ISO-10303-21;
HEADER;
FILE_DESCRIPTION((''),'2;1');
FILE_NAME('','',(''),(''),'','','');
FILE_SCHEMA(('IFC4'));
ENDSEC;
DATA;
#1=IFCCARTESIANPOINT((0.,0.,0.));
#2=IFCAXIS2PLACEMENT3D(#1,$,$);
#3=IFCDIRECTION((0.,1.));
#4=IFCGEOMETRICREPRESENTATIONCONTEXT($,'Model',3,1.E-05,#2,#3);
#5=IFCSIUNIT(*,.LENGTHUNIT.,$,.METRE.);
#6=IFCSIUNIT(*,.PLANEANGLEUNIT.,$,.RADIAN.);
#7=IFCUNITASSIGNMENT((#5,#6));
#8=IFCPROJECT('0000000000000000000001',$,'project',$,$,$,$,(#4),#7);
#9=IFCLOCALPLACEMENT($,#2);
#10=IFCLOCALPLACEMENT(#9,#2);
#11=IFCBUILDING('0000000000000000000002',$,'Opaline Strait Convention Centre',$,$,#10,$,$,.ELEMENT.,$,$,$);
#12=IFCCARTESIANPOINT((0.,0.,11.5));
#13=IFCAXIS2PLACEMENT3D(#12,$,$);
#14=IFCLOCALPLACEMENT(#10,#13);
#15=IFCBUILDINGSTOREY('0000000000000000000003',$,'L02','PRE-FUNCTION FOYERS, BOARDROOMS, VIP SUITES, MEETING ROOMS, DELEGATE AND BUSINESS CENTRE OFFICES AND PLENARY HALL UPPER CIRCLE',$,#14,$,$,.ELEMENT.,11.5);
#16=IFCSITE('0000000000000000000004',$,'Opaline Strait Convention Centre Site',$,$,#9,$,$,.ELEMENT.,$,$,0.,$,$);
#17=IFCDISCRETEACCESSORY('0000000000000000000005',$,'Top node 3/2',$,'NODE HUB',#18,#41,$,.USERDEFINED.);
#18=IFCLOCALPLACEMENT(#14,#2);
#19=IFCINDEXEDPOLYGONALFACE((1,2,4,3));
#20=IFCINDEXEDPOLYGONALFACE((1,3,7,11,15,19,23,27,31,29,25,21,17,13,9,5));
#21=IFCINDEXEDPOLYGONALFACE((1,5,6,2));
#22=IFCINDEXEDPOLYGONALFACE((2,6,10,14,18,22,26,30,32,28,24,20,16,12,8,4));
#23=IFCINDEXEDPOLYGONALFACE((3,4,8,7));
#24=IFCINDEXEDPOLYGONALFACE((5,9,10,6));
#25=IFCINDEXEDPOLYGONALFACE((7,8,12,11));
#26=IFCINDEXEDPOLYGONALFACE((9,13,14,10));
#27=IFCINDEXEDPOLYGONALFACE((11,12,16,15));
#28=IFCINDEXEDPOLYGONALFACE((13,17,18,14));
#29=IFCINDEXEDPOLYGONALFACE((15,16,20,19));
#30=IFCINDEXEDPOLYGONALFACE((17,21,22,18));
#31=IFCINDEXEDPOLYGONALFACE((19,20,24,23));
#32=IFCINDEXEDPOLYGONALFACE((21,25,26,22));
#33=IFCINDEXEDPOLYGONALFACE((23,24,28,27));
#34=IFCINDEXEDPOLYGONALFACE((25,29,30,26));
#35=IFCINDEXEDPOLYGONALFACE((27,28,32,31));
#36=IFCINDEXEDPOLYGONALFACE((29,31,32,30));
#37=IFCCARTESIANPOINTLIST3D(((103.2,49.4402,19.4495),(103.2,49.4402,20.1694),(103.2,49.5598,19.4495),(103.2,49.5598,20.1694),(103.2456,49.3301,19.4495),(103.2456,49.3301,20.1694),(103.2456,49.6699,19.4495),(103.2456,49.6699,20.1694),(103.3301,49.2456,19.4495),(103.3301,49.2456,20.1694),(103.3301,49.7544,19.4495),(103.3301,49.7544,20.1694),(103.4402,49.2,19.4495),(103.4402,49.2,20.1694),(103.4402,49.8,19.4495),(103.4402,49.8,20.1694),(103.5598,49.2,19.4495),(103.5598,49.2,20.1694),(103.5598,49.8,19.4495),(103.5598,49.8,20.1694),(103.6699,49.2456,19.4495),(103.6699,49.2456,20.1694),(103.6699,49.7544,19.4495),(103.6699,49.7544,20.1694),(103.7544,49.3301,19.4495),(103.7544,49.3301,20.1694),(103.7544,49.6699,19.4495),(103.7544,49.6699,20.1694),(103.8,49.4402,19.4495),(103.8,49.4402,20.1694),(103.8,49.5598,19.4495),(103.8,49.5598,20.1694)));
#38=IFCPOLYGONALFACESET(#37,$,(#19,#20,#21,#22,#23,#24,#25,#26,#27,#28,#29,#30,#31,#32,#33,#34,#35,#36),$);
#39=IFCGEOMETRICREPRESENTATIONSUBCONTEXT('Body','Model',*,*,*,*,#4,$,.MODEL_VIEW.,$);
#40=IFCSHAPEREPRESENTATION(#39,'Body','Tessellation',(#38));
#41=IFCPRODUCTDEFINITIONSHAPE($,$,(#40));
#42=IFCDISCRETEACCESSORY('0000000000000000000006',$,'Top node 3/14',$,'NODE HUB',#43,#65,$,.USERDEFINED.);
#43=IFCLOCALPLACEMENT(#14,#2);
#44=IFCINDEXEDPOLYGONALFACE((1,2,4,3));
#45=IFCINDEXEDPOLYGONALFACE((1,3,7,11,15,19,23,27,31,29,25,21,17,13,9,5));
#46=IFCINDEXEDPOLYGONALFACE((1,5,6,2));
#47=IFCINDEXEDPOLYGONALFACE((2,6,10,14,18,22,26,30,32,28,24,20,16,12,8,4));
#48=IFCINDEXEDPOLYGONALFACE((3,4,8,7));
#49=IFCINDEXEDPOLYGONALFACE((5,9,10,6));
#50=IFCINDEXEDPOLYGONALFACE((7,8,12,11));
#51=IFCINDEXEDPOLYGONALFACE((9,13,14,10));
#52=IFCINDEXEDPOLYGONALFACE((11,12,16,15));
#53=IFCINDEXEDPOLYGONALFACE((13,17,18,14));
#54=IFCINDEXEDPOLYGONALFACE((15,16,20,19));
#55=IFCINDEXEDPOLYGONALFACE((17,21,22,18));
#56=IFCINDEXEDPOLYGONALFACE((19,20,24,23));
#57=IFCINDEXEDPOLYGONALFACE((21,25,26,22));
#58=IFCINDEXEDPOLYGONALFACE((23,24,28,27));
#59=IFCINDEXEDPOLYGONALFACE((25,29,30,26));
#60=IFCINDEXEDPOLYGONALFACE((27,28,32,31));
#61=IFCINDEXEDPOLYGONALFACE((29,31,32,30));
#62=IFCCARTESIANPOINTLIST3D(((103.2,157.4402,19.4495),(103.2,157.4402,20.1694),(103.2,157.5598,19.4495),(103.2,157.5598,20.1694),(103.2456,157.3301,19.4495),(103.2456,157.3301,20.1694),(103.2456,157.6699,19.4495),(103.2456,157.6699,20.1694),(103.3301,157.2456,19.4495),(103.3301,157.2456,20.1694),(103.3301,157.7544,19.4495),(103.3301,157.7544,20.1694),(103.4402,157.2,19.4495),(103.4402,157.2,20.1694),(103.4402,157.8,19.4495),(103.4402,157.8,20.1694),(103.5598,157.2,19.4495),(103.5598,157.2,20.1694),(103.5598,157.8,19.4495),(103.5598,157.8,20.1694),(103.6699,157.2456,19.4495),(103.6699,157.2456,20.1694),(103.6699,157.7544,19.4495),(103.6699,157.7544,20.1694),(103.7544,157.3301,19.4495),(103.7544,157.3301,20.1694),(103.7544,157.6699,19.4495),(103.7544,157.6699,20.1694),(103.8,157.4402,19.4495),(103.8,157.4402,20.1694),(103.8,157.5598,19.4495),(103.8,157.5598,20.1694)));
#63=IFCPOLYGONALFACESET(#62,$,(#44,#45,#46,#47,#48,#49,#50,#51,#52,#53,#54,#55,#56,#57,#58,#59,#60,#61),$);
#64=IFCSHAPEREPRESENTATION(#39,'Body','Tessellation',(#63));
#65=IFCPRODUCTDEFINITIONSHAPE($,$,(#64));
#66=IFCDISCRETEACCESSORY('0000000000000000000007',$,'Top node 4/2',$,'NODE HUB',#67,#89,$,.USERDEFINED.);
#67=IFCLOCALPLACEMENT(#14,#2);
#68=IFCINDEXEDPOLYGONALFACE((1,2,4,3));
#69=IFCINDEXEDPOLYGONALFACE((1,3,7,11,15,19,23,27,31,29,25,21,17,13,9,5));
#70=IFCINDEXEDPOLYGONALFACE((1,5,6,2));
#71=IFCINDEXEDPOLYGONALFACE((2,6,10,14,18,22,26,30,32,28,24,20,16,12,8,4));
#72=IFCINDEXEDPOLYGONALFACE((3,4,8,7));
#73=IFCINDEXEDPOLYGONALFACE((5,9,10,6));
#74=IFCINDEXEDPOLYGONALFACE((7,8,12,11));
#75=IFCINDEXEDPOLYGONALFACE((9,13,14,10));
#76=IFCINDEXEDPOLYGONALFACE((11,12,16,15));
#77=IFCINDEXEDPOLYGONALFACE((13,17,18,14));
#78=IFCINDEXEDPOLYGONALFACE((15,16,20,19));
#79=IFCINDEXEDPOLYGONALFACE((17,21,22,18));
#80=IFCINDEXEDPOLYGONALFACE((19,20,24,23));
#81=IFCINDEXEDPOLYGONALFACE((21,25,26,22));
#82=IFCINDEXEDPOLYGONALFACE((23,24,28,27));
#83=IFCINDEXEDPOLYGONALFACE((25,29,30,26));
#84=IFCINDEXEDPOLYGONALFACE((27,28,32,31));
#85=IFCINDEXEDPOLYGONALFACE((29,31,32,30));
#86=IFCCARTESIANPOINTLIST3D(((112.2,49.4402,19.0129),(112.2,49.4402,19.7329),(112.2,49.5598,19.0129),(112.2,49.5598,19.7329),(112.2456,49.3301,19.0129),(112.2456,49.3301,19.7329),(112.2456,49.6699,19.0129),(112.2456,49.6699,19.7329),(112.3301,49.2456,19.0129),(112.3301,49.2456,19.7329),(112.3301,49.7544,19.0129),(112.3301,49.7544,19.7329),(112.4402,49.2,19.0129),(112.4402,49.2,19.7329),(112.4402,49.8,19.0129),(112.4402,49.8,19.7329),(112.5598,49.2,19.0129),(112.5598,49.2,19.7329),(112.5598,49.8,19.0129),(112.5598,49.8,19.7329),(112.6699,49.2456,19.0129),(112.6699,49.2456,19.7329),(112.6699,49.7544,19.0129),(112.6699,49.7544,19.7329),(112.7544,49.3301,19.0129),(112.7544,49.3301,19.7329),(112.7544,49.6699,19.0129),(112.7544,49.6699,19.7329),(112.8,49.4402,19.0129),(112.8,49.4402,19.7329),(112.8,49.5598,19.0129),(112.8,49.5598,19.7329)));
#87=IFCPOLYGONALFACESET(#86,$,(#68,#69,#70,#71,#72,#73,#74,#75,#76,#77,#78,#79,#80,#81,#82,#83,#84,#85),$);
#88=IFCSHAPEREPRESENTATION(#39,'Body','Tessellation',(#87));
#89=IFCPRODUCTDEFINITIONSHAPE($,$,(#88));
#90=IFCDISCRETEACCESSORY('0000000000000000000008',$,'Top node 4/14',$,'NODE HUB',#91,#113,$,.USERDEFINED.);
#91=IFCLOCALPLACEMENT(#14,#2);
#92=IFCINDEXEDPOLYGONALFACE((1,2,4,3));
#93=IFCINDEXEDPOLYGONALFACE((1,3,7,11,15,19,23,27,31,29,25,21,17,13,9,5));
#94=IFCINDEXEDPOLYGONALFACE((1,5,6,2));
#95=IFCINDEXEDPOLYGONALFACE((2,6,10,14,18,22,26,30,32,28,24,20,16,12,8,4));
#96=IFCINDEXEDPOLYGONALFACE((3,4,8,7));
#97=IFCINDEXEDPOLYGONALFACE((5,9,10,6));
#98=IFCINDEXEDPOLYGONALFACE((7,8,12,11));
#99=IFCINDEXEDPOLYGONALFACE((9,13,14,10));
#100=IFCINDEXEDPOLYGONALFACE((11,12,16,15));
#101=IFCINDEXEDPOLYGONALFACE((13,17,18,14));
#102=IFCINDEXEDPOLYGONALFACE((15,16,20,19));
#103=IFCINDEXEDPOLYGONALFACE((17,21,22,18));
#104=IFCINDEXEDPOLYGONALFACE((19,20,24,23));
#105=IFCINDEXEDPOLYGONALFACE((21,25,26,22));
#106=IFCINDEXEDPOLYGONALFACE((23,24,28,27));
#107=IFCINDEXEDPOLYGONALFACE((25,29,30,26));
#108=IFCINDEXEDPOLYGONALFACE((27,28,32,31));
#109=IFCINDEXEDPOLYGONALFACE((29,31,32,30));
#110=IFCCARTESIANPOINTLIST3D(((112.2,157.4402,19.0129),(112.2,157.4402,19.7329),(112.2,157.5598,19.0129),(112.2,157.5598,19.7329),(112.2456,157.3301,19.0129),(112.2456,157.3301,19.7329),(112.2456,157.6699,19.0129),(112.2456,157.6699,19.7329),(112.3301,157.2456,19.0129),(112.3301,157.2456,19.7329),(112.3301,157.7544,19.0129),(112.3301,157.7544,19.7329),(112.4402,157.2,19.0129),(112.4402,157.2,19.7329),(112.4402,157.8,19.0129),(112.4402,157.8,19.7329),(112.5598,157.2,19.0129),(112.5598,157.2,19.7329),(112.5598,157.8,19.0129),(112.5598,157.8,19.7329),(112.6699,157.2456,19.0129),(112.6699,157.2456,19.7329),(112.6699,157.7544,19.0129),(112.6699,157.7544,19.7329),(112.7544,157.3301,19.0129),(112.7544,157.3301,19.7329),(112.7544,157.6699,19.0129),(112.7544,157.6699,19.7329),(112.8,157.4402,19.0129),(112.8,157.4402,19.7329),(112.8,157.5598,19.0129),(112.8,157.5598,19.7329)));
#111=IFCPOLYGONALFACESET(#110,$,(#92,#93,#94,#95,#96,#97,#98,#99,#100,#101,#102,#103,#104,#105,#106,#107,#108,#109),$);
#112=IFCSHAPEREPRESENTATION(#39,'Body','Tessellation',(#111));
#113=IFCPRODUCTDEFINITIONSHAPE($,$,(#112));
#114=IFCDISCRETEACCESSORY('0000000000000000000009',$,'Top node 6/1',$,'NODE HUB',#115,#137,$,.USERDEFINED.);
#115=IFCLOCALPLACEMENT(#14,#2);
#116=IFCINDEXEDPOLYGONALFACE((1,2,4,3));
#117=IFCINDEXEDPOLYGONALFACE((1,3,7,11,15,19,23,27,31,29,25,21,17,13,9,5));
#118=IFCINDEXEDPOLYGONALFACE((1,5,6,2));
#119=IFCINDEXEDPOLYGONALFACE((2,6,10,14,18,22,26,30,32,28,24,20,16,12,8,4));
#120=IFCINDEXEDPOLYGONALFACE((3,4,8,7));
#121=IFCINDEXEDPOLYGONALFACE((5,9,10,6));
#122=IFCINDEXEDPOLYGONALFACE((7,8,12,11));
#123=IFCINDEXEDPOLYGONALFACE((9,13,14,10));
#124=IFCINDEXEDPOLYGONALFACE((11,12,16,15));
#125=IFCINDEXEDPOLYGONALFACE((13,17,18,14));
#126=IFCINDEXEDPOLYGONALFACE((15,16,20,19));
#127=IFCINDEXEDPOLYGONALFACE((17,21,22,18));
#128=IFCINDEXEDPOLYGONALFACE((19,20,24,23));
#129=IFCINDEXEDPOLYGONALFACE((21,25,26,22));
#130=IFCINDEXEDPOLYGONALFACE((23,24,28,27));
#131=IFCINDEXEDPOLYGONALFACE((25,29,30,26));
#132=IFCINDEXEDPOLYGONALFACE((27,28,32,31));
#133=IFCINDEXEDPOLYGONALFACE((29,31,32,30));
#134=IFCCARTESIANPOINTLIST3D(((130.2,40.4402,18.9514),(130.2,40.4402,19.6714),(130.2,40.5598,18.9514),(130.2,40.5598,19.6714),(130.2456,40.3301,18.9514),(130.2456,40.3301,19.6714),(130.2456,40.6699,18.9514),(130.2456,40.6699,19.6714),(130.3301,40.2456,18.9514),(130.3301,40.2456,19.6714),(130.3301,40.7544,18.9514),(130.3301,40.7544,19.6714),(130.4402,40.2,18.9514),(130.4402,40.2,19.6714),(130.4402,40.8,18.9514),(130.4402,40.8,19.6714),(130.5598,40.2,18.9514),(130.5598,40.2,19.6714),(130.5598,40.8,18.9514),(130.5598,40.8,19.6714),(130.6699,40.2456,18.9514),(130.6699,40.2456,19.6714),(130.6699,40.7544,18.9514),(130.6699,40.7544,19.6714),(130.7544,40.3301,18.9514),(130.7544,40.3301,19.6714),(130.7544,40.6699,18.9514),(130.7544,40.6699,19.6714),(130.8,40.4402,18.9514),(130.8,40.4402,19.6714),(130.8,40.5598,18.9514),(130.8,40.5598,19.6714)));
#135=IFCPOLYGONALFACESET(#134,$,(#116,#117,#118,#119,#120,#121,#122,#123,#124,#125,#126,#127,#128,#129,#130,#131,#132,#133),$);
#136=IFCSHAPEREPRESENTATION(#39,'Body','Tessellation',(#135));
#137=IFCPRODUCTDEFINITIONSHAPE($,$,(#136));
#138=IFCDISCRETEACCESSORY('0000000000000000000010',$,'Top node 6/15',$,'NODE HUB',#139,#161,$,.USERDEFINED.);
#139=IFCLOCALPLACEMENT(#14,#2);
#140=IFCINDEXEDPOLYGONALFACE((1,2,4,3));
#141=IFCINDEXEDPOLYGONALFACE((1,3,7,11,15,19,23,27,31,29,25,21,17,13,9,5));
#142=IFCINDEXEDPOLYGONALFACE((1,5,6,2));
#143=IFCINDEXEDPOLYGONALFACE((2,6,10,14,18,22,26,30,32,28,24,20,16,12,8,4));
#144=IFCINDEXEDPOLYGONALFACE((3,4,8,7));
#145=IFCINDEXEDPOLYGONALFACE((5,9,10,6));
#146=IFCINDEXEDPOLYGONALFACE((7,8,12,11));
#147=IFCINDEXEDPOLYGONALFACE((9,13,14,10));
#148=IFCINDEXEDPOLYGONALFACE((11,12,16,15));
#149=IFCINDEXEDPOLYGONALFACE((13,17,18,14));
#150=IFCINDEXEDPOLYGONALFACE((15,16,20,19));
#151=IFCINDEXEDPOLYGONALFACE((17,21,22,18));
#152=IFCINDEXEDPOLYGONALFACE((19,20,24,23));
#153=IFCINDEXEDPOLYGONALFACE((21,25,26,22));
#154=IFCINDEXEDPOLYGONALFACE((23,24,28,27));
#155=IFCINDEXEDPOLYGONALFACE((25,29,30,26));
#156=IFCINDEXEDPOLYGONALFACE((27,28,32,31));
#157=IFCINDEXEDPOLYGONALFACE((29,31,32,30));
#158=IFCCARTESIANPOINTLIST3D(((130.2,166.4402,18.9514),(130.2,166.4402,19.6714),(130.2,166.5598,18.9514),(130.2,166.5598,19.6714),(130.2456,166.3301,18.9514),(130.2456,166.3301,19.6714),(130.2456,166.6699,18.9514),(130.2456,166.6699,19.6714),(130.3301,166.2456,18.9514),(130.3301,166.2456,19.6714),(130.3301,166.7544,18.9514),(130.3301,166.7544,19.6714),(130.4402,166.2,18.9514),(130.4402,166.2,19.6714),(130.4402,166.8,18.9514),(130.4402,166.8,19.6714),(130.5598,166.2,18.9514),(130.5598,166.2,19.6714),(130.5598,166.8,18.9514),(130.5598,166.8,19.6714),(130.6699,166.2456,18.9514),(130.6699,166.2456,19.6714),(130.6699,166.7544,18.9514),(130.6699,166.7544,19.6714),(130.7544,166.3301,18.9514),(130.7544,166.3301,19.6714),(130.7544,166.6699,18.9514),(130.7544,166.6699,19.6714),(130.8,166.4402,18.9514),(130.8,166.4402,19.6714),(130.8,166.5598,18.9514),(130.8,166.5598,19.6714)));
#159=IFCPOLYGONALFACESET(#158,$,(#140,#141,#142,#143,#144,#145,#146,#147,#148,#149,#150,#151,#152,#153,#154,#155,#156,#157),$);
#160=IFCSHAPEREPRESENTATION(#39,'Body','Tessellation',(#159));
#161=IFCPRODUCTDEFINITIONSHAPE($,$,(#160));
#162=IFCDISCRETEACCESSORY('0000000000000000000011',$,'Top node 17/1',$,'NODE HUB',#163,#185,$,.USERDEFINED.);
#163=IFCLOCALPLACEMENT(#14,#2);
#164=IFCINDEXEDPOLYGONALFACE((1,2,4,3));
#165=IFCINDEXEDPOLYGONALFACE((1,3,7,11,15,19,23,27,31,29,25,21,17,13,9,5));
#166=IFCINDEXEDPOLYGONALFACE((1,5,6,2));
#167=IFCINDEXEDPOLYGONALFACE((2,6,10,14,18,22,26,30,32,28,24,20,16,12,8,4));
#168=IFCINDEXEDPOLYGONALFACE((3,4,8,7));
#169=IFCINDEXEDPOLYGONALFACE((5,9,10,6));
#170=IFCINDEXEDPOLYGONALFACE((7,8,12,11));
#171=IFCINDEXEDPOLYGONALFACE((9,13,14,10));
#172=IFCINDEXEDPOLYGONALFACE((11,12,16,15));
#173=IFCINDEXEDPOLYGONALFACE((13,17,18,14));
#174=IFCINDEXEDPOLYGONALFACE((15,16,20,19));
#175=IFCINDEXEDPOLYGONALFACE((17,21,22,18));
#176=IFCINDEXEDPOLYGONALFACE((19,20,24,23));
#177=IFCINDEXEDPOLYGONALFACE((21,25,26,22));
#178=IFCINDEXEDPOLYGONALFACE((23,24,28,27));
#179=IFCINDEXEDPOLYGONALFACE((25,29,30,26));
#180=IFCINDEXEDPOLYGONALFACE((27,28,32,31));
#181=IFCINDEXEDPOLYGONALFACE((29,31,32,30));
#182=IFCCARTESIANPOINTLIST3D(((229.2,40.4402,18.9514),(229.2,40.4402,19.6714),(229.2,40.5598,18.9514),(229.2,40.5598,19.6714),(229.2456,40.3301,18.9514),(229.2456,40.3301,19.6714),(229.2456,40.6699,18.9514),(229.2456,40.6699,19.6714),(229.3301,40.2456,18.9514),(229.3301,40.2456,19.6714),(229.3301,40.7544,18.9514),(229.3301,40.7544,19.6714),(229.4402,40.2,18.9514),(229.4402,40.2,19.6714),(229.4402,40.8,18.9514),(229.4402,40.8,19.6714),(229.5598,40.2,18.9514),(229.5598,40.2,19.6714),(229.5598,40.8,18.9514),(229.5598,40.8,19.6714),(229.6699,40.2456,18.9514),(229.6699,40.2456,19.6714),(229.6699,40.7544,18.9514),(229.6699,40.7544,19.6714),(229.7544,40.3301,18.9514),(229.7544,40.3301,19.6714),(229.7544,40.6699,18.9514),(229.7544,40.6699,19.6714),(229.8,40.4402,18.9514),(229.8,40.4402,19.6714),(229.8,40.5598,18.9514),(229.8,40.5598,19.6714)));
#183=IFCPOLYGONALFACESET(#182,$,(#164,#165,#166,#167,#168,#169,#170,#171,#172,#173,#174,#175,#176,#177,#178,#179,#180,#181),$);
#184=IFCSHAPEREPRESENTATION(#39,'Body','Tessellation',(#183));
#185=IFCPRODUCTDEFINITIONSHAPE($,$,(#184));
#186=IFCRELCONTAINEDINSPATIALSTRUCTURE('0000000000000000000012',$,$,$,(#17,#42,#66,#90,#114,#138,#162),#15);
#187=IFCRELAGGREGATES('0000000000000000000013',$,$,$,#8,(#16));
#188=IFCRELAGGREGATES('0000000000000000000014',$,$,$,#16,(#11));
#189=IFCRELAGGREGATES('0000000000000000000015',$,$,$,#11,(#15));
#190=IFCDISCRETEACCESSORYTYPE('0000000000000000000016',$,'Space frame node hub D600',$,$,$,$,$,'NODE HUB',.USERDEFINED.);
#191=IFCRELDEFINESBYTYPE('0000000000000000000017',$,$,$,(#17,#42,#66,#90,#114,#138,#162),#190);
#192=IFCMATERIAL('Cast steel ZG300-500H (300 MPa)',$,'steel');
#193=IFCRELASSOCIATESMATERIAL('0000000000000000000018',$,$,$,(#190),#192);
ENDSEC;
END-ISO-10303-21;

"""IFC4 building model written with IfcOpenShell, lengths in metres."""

from ifc_helpers import new_model, si_unit, direction, frame, origin, place, context, subcontext, project, spatial, polyline, outline, extrude, material, type_object, element, save


model = new_model("IFC4")

# Units and contexts
model_context = context("Model", 3, precision=1e-05, world=origin(), true_north=direction((0.0, 1.0)))
body_context = subcontext(model_context, "Body", "Model", "MODEL_VIEW")
ifc_project = project(units=[si_unit("LENGTHUNIT", "METRE"), si_unit("PLANEANGLEUNIT", "RADIAN")], contexts=[model_context])

# Site, building, storey
site_placement = place(None, origin())
site = spatial("IfcSite", under=ifc_project, at=site_placement, Name="Opaline Strait Convention Centre Site", CompositionType="ELEMENT", RefElevation=0.0)
building_placement = place(site_placement, origin())
building = spatial("IfcBuilding", under=site, at=building_placement, Name="Opaline Strait Convention Centre", CompositionType="ELEMENT")
storey_placement = place(building_placement, frame((0.0, 0.0, 11.5)))
storey = spatial("IfcBuildingStorey", under=building, at=storey_placement, Name="L02", Description="PRE-FUNCTION FOYERS, BOARDROOMS, VIP SUITES, MEETING ROOMS, DELEGATE AND BUSINESS CENTRE OFFICES AND PLENARY HALL UPPER CIRCLE", CompositionType="ELEMENT", Elevation=11.5)

# Discrete accessories
ifc_material = material(Name="Cast steel ZG300-500H (300 MPa)", Category="steel")
discrete_accessory_type_1 = type_object("IfcDiscreteAccessoryType", Name="Space frame node hub D600", ElementType="NODE HUB", PredefinedType="USERDEFINED", material=ifc_material)
discrete_accessory_1_placement = place(storey_placement, frame((0.0, 0.0, 19.4495)))
element("IfcDiscreteAccessory", 1, at=discrete_accessory_1_placement, inside=storey, type_object=discrete_accessory_type_1, Name="Top node 3/2", ObjectType="NODE HUB", PredefinedType="USERDEFINED", context=body_context, shape_type="SweptSolid", body=[
    extrude(outline(polyline([(103.8, 49.5598), (103.7544, 49.6699), (103.6699, 49.7544), (103.5598, 49.8), (103.4402, 49.8), (103.3301, 49.7544), (103.2456, 49.6699), (103.2, 49.5598), (103.2, 49.4402), (103.2456, 49.3301), (103.3301, 49.2456), (103.4402, 49.2), (103.5598, 49.2), (103.6699, 49.2456), (103.7544, 49.3301), (103.8, 49.4402), (103.8, 49.5598)])), origin(), (0.0, 0.0, 1.0), 0.72),
])
discrete_accessory_2_placement = place(storey_placement, frame((0.0, 0.0, 19.4495)))
element("IfcDiscreteAccessory", 2, at=discrete_accessory_2_placement, inside=storey, type_object=discrete_accessory_type_1, Name="Top node 3/14", ObjectType="NODE HUB", PredefinedType="USERDEFINED", context=body_context, shape_type="SweptSolid", body=[
    extrude(outline(polyline([(103.8, 157.5598), (103.7544, 157.6699), (103.6699, 157.7544), (103.5598, 157.8), (103.4402, 157.8), (103.3301, 157.7544), (103.2456, 157.6699), (103.2, 157.5598), (103.2, 157.4402), (103.2456, 157.3301), (103.3301, 157.2456), (103.4402, 157.2), (103.5598, 157.2), (103.6699, 157.2456), (103.7544, 157.3301), (103.8, 157.4402), (103.8, 157.5598)])), origin(), (0.0, 0.0, 1.0), 0.72),
])
discrete_accessory_3_placement = place(storey_placement, frame((0.0, 0.0, 19.0129)))
element("IfcDiscreteAccessory", 3, at=discrete_accessory_3_placement, inside=storey, type_object=discrete_accessory_type_1, Name="Top node 4/2", ObjectType="NODE HUB", PredefinedType="USERDEFINED", context=body_context, shape_type="SweptSolid", body=[
    extrude(outline(polyline([(112.8, 49.5598), (112.7544, 49.6699), (112.6699, 49.7544), (112.5598, 49.8), (112.4402, 49.8), (112.3301, 49.7544), (112.2456, 49.6699), (112.2, 49.5598), (112.2, 49.4402), (112.2456, 49.3301), (112.3301, 49.2456), (112.4402, 49.2), (112.5598, 49.2), (112.6699, 49.2456), (112.7544, 49.3301), (112.8, 49.4402), (112.8, 49.5598)])), origin(), (0.0, 0.0, 1.0), 0.72),
])
discrete_accessory_4_placement = place(storey_placement, frame((0.0, 0.0, 19.0129)))
element("IfcDiscreteAccessory", 4, at=discrete_accessory_4_placement, inside=storey, type_object=discrete_accessory_type_1, Name="Top node 4/14", ObjectType="NODE HUB", PredefinedType="USERDEFINED", context=body_context, shape_type="SweptSolid", body=[
    extrude(outline(polyline([(112.8, 157.5598), (112.7544, 157.6699), (112.6699, 157.7544), (112.5598, 157.8), (112.4402, 157.8), (112.3301, 157.7544), (112.2456, 157.6699), (112.2, 157.5598), (112.2, 157.4402), (112.2456, 157.3301), (112.3301, 157.2456), (112.4402, 157.2), (112.5598, 157.2), (112.6699, 157.2456), (112.7544, 157.3301), (112.8, 157.4402), (112.8, 157.5598)])), origin(), (0.0, 0.0, 1.0), 0.72),
])
discrete_accessory_5_placement = place(storey_placement, frame((0.0, 0.0, 18.9514)))
element("IfcDiscreteAccessory", 5, at=discrete_accessory_5_placement, inside=storey, type_object=discrete_accessory_type_1, Name="Top node 6/1", ObjectType="NODE HUB", PredefinedType="USERDEFINED", context=body_context, shape_type="SweptSolid", body=[
    extrude(outline(polyline([(130.8, 40.5598), (130.7544, 40.6699), (130.6699, 40.7544), (130.5598, 40.8), (130.4402, 40.8), (130.3301, 40.7544), (130.2456, 40.6699), (130.2, 40.5598), (130.2, 40.4402), (130.2456, 40.3301), (130.3301, 40.2456), (130.4402, 40.2), (130.5598, 40.2), (130.6699, 40.2456), (130.7544, 40.3301), (130.8, 40.4402), (130.8, 40.5598)])), origin(), (0.0, 0.0, 1.0), 0.72),
])
discrete_accessory_6_placement = place(storey_placement, frame((0.0, 0.0, 18.9514)))
element("IfcDiscreteAccessory", 6, at=discrete_accessory_6_placement, inside=storey, type_object=discrete_accessory_type_1, Name="Top node 6/15", ObjectType="NODE HUB", PredefinedType="USERDEFINED", context=body_context, shape_type="SweptSolid", body=[
    extrude(outline(polyline([(130.8, 166.5598), (130.7544, 166.6699), (130.6699, 166.7544), (130.5598, 166.8), (130.4402, 166.8), (130.3301, 166.7544), (130.2456, 166.6699), (130.2, 166.5598), (130.2, 166.4402), (130.2456, 166.3301), (130.3301, 166.2456), (130.4402, 166.2), (130.5598, 166.2), (130.6699, 166.2456), (130.7544, 166.3301), (130.8, 166.4402), (130.8, 166.5598)])), origin(), (0.0, 0.0, 1.0), 0.72),
])
discrete_accessory_7_placement = place(storey_placement, frame((0.0, 0.0, 18.9514)))
element("IfcDiscreteAccessory", 7, at=discrete_accessory_7_placement, inside=storey, type_object=discrete_accessory_type_1, Name="Top node 17/1", ObjectType="NODE HUB", PredefinedType="USERDEFINED", context=body_context, shape_type="SweptSolid", body=[
    extrude(outline(polyline([(229.8, 40.5598), (229.7544, 40.6699), (229.6699, 40.7544), (229.5598, 40.8), (229.4402, 40.8), (229.3301, 40.7544), (229.2456, 40.6699), (229.2, 40.5598), (229.2, 40.4402), (229.2456, 40.3301), (229.3301, 40.2456), (229.4402, 40.2), (229.5598, 40.2), (229.6699, 40.2456), (229.7544, 40.3301), (229.8, 40.4402), (229.8, 40.5598)])), origin(), (0.0, 0.0, 1.0), 0.72),
])

save(model, "model.ifc")
